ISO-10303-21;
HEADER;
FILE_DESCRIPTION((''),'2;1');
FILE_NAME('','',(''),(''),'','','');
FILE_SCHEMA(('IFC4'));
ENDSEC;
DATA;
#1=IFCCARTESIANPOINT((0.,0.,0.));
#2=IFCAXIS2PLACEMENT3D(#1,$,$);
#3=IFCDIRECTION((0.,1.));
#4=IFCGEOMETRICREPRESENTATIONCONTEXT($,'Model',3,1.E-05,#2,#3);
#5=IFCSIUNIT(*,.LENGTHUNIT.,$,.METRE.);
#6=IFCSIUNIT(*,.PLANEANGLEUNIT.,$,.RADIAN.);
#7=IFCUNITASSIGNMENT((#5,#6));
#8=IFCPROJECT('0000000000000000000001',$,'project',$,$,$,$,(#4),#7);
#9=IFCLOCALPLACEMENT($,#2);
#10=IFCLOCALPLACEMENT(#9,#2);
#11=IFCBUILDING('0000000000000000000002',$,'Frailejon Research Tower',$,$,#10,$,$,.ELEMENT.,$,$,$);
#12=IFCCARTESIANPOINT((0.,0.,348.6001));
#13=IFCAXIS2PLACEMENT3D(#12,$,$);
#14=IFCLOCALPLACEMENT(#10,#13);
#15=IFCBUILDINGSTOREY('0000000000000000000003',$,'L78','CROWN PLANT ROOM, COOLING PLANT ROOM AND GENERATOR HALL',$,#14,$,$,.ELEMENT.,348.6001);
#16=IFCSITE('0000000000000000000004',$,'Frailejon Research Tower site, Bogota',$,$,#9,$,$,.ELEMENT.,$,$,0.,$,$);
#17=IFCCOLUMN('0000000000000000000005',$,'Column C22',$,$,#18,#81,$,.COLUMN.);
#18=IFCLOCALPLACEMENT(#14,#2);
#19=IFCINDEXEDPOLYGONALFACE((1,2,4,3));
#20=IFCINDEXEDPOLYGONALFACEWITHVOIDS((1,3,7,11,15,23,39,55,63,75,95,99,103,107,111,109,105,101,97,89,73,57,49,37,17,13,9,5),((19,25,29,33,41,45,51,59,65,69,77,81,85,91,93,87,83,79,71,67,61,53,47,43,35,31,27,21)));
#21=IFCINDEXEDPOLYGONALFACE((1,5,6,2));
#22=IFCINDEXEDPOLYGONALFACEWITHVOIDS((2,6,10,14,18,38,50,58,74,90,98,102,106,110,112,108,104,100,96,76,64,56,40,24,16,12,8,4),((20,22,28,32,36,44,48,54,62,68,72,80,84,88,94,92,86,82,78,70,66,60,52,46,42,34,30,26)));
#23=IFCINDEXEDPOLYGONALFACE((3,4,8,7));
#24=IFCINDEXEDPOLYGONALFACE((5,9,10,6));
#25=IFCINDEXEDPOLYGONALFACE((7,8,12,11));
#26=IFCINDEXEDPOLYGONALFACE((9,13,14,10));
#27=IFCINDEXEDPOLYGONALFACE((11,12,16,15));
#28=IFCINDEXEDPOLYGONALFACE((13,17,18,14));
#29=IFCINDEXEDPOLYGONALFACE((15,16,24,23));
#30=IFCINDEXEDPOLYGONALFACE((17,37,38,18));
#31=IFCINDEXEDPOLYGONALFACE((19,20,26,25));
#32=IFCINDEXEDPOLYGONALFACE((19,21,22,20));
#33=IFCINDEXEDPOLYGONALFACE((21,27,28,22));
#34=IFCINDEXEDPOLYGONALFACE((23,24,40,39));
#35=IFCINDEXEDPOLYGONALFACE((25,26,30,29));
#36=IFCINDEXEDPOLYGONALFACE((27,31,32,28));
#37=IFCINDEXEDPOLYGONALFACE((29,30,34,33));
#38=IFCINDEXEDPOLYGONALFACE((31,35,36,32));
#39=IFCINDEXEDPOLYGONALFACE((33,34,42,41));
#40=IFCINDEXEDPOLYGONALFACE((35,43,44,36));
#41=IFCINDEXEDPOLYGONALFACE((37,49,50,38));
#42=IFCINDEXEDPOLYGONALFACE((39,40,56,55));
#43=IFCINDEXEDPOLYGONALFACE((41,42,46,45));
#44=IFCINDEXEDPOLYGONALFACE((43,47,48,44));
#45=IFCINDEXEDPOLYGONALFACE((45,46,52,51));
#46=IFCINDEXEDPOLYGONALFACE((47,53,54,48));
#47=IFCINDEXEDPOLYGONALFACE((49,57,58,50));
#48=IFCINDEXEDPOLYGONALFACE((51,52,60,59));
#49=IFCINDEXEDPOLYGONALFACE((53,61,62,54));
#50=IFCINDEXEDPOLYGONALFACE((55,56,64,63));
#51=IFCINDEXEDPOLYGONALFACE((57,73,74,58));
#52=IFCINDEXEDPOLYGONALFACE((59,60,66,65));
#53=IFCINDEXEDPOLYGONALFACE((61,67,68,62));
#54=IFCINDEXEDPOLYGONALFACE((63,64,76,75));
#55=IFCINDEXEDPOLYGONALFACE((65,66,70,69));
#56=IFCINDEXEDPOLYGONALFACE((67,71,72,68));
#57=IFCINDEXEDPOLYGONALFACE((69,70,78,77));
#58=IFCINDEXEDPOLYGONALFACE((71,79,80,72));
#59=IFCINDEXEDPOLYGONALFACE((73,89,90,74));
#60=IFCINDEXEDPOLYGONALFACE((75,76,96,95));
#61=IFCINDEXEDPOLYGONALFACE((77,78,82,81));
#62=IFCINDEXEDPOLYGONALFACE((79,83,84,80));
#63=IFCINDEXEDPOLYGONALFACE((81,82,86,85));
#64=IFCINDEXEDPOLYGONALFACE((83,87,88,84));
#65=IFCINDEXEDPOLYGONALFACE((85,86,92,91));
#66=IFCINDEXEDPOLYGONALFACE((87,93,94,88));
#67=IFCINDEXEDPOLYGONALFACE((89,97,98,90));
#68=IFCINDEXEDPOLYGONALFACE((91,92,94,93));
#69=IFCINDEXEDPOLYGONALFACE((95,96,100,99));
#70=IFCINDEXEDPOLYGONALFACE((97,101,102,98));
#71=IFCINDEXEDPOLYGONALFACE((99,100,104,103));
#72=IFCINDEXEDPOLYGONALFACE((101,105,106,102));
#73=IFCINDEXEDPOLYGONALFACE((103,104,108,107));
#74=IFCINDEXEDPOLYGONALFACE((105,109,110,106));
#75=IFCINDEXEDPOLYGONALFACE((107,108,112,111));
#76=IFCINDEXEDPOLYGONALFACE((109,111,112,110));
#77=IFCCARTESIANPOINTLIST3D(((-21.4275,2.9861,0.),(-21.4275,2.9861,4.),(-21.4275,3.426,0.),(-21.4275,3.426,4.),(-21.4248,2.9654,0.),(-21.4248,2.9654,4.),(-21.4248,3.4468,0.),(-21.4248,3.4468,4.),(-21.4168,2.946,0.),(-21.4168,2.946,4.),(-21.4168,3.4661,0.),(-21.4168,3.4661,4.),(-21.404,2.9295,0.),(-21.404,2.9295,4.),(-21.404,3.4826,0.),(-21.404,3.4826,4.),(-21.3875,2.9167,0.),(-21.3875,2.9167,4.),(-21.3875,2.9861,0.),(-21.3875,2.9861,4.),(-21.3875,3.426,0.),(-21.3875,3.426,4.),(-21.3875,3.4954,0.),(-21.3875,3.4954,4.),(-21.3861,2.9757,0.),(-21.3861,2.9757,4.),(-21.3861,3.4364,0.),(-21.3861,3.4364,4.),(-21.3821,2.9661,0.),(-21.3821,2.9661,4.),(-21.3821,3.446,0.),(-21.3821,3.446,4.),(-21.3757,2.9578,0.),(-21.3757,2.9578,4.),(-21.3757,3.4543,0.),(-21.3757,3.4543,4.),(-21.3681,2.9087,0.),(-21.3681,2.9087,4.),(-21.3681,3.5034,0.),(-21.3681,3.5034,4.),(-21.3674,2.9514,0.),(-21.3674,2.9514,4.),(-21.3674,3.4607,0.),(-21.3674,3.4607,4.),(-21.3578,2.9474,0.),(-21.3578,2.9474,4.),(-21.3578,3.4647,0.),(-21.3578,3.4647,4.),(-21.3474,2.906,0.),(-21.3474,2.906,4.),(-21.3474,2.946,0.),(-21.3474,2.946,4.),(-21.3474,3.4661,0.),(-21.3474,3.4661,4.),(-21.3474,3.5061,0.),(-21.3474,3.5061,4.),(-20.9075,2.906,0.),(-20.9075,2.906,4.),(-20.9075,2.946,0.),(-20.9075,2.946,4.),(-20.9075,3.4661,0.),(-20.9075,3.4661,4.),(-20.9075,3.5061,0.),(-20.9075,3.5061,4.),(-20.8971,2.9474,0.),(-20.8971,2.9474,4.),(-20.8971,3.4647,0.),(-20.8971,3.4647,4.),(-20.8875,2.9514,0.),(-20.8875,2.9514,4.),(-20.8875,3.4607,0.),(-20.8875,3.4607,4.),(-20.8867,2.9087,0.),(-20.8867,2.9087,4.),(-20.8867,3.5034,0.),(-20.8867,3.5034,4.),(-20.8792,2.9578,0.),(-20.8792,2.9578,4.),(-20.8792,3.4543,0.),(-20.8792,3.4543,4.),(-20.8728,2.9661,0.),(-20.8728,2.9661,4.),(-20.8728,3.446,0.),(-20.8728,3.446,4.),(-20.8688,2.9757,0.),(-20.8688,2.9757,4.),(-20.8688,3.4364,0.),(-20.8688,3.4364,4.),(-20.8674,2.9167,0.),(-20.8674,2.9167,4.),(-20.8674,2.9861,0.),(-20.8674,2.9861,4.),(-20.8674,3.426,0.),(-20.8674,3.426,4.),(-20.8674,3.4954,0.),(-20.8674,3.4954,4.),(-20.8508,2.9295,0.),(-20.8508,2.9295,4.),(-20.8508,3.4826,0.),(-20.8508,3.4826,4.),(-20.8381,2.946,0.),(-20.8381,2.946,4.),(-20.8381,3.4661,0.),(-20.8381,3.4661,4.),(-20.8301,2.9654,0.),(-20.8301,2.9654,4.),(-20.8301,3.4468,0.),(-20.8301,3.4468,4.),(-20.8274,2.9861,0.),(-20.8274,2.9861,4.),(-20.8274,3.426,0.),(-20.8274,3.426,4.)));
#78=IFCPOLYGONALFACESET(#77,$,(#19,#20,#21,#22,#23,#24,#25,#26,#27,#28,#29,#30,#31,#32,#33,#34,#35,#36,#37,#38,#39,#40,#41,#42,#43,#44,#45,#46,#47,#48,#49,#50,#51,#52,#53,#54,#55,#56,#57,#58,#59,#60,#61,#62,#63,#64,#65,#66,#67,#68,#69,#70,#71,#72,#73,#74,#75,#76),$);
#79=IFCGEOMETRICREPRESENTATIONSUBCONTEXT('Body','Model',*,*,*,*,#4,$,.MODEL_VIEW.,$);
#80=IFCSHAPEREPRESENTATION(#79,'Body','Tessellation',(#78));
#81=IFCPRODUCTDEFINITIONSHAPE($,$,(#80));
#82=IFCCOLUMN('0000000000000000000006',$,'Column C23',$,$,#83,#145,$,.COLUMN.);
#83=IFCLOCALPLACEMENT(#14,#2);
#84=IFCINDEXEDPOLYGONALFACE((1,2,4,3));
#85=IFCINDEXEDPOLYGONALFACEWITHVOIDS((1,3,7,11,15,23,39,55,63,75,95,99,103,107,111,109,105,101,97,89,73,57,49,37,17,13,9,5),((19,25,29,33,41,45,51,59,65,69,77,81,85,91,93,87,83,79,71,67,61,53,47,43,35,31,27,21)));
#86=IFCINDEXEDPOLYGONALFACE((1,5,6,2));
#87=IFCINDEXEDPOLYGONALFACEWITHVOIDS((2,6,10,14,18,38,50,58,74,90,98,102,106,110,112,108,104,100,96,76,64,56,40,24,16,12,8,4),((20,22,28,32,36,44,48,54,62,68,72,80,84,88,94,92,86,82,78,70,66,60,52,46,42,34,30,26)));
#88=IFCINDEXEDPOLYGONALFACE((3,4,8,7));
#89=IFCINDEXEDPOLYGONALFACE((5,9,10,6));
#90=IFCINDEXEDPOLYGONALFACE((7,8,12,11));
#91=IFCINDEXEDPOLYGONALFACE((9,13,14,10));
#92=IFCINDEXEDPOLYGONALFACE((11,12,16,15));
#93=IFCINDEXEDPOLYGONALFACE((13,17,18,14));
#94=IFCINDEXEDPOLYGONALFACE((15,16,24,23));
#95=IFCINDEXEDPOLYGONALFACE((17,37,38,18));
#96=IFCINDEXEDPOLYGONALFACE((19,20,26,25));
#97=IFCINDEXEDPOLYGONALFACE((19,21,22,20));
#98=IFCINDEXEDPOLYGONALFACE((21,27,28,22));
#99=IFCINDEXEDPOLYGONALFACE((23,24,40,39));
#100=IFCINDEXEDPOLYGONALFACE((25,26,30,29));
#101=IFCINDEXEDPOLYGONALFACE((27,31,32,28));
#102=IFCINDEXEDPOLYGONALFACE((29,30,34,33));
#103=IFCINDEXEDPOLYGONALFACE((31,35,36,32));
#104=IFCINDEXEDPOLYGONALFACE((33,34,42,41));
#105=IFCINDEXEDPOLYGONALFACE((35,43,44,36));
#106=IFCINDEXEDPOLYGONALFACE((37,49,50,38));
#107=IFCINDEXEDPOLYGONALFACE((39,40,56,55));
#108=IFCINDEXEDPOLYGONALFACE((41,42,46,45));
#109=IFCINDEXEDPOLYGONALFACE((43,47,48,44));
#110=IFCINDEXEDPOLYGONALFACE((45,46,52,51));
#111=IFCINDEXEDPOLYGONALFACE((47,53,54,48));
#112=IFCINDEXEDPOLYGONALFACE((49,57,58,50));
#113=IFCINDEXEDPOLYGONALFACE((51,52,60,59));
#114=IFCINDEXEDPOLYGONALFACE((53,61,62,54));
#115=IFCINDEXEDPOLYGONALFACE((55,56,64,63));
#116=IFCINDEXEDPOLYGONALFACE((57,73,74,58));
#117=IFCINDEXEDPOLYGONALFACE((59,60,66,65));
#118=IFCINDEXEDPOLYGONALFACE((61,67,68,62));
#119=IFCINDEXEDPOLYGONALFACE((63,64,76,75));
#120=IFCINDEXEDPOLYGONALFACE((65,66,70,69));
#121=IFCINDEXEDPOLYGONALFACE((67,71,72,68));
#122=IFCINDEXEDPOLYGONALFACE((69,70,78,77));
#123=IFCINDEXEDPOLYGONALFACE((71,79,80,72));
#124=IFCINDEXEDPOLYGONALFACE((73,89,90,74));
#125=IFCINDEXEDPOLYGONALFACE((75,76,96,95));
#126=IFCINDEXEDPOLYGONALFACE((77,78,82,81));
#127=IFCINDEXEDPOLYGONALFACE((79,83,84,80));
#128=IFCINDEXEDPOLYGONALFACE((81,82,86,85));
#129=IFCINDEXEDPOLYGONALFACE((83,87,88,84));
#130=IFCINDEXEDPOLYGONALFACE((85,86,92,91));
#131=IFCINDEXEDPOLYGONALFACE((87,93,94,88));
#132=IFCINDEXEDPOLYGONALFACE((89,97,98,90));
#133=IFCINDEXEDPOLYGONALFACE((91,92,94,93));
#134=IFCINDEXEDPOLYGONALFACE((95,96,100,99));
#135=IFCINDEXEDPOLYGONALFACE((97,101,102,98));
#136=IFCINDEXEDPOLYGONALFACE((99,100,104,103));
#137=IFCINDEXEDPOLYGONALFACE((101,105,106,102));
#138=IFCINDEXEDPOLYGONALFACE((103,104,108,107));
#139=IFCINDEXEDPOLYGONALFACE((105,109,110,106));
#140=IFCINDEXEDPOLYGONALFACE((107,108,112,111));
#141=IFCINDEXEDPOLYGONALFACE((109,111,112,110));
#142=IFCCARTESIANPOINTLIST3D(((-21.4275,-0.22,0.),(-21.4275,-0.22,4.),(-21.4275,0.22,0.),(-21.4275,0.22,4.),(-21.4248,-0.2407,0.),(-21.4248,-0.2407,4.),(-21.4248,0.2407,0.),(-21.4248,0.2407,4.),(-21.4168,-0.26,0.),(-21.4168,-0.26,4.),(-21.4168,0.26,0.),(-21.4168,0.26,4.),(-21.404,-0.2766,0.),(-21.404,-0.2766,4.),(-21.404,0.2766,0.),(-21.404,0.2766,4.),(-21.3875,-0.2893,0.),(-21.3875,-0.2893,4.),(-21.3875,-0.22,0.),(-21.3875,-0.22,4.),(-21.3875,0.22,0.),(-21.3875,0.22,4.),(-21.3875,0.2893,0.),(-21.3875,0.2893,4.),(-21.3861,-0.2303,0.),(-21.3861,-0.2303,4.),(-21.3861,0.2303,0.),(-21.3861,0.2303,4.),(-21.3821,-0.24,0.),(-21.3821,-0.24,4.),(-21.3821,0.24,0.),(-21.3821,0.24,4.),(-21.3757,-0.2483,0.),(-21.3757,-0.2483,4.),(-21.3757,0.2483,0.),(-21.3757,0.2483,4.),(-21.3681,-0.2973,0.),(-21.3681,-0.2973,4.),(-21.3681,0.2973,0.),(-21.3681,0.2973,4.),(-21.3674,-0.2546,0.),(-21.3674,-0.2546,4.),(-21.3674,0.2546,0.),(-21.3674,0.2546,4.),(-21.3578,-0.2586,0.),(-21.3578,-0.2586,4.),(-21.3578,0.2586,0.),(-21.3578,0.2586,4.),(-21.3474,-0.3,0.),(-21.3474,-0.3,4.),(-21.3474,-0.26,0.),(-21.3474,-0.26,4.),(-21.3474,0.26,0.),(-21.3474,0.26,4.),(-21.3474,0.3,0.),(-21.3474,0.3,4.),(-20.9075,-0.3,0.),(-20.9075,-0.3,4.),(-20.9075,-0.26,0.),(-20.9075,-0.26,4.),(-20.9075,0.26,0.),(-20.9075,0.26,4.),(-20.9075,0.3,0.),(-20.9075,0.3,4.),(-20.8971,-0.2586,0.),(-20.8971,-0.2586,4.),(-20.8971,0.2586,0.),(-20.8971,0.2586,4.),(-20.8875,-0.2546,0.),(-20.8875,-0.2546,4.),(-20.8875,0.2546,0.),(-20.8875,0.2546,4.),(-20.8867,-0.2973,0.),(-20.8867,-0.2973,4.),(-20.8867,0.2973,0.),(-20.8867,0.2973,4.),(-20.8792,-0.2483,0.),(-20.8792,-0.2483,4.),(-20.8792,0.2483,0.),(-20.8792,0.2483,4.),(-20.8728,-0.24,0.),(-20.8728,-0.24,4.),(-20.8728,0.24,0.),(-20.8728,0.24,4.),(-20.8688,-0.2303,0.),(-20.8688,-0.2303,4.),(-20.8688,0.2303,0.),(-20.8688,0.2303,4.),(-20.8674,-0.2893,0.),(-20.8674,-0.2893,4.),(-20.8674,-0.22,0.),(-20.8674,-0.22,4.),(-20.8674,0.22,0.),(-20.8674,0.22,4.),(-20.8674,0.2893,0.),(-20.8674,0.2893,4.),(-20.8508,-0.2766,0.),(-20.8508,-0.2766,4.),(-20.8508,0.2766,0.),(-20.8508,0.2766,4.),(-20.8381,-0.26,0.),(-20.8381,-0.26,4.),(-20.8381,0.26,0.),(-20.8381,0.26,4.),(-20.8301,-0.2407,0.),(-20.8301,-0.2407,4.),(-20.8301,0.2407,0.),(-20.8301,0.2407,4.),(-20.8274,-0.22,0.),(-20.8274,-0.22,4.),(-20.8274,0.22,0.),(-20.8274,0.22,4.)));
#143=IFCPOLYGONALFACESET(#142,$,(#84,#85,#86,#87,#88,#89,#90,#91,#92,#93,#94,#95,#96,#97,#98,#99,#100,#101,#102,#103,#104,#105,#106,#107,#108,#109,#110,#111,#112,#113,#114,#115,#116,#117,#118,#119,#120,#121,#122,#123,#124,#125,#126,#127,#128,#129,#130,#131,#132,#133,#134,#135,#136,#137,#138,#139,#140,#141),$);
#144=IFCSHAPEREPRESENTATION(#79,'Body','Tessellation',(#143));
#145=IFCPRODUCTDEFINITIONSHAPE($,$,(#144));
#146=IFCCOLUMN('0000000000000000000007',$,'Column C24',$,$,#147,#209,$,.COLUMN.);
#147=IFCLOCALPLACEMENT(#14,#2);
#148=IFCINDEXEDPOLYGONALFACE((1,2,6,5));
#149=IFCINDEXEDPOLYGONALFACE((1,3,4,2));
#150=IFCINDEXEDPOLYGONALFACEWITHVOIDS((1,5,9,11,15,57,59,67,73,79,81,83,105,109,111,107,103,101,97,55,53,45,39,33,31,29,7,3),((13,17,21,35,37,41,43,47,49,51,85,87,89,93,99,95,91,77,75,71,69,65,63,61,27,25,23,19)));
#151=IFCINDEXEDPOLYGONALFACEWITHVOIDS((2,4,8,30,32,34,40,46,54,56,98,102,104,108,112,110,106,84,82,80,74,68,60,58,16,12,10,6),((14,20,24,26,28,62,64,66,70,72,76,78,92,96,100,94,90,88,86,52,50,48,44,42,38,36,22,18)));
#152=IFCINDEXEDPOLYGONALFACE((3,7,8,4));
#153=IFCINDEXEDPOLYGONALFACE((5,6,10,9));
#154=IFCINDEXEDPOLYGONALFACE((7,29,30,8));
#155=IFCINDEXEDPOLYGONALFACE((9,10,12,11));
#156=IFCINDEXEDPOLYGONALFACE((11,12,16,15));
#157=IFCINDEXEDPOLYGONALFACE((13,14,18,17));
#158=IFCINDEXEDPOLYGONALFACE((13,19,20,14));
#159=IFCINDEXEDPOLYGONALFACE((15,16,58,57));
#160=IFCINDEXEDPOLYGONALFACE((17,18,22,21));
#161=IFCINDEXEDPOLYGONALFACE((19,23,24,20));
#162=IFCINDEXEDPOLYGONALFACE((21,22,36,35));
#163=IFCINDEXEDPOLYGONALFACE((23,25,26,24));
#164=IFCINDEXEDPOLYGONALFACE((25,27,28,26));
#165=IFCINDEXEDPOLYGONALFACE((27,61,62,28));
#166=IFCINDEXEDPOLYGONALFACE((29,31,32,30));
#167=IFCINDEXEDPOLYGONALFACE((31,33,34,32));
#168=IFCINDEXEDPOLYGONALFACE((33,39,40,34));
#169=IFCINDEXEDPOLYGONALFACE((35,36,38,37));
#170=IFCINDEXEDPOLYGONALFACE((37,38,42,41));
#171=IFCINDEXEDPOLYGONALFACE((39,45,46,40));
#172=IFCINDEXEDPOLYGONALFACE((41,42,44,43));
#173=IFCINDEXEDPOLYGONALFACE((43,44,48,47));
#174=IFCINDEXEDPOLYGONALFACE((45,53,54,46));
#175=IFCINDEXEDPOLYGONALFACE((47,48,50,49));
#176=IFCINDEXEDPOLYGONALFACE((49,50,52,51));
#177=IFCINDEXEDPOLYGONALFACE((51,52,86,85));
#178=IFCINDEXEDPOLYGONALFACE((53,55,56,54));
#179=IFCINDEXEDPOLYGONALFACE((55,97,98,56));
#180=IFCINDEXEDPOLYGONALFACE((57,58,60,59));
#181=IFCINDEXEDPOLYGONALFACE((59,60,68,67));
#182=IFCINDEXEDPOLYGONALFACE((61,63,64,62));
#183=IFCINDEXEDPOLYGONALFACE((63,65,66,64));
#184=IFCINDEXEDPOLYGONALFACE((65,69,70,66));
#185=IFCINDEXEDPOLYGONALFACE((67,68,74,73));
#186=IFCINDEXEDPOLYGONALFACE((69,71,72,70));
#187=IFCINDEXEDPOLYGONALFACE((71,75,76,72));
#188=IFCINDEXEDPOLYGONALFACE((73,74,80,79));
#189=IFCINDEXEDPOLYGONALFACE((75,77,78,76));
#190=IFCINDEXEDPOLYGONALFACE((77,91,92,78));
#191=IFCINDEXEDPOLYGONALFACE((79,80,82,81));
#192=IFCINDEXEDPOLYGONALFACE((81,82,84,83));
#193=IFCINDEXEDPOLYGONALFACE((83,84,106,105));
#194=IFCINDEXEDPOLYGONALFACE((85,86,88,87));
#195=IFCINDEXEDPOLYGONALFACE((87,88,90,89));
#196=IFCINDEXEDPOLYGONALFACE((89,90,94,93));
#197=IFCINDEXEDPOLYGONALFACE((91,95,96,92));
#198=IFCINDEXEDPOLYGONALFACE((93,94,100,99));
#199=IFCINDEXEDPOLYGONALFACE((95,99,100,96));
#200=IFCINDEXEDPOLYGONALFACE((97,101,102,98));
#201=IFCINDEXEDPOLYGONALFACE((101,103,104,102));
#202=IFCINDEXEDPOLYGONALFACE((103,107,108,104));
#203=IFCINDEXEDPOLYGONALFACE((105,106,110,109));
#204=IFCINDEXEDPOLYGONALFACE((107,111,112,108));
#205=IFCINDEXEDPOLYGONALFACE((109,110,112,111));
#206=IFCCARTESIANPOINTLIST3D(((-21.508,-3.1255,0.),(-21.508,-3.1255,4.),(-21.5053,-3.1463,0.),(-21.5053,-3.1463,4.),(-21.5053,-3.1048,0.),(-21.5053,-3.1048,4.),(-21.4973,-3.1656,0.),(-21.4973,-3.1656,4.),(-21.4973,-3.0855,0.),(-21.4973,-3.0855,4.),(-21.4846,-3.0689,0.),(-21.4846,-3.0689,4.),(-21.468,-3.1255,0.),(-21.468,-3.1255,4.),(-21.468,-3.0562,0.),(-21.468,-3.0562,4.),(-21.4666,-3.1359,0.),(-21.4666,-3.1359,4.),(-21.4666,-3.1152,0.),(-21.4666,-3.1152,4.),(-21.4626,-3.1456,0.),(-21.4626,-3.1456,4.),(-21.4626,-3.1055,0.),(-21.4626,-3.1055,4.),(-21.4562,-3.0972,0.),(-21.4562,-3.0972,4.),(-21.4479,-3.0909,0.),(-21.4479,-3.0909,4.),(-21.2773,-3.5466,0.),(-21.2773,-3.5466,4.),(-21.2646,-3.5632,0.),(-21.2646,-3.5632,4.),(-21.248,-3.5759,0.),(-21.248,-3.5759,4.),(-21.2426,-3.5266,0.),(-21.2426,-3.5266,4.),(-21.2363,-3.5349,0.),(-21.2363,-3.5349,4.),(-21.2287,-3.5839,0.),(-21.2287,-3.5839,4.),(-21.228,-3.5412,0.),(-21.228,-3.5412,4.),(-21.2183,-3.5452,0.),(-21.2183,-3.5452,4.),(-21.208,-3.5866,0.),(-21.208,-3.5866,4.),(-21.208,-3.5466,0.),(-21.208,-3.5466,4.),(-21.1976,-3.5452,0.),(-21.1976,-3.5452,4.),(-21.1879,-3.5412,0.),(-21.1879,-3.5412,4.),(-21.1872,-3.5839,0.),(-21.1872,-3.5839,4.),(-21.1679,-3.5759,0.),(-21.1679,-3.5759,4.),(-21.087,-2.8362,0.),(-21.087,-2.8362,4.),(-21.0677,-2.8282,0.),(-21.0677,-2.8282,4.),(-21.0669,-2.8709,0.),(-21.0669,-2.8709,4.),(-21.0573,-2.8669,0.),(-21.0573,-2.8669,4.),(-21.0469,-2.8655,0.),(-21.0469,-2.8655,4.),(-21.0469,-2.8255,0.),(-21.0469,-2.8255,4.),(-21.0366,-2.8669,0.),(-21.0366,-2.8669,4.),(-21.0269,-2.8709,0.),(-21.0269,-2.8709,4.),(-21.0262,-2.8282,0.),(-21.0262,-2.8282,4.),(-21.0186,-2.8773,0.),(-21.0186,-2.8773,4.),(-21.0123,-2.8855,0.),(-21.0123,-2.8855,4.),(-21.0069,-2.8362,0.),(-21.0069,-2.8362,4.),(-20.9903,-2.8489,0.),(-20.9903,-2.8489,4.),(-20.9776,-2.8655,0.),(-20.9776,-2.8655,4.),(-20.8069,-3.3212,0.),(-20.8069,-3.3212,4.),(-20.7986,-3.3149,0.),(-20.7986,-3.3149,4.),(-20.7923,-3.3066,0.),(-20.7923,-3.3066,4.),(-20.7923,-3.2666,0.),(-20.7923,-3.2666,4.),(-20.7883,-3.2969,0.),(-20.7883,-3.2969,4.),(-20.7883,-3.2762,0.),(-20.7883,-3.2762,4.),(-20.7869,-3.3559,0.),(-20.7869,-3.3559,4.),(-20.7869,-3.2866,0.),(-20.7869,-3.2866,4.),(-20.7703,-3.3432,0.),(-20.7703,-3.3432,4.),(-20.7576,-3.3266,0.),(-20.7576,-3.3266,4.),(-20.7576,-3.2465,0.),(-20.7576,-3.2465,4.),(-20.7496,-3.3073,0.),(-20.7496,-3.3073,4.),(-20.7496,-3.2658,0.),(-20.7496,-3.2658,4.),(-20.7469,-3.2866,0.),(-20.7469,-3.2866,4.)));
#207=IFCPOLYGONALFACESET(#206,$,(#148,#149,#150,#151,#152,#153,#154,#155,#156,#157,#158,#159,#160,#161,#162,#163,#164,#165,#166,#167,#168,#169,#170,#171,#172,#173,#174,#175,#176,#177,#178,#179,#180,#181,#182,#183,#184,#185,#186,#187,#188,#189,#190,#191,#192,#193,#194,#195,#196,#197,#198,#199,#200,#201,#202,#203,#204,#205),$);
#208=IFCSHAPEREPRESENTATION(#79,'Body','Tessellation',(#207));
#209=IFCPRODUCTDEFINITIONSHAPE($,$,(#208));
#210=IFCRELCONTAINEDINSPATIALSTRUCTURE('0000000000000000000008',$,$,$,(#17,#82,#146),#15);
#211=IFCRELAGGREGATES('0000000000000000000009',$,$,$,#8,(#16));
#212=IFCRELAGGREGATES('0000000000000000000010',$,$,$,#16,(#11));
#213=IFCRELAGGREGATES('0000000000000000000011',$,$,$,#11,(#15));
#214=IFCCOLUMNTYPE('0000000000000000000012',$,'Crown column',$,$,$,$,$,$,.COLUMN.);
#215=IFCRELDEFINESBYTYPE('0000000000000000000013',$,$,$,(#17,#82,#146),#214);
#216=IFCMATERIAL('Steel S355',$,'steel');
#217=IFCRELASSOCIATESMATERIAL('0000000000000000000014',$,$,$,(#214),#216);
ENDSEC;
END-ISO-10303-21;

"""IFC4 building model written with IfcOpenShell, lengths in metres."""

from ifc_helpers import new_model, si_unit, direction, frame, origin, origin_2d, place, context, subcontext, project, spatial, hollow_rectangle, extrude, material, material_profile, profile_set, type_object, element, save


model = new_model("IFC4")

# Units and contexts
model_context = context("Model", 3, precision=1e-05, world=origin(), true_north=direction((0.0, 1.0)))
body_context = subcontext(model_context, "Body", "Model", "MODEL_VIEW")
ifc_project = project(units=[si_unit("LENGTHUNIT", "METRE"), si_unit("PLANEANGLEUNIT", "RADIAN")], contexts=[model_context])

# Site, building, storey
site_placement = place(None, origin())
site = spatial("IfcSite", under=ifc_project, at=site_placement, Name="Frailejon Research Tower site, Bogota", CompositionType="ELEMENT", RefElevation=0.0)
building_placement = place(site_placement, origin())
building = spatial("IfcBuilding", under=site, at=building_placement, Name="Frailejon Research Tower", CompositionType="ELEMENT")
storey_placement = place(building_placement, frame((0.0, 0.0, 348.6001)))
storey = spatial("IfcBuildingStorey", under=building, at=storey_placement, Name="L78", Description="CROWN PLANT ROOM, COOLING PLANT ROOM AND GENERATOR HALL", CompositionType="ELEMENT", Elevation=348.6001)

# Columns
ifc_material_1 = material(Name="Steel S355", Category="steel")
ifc_material_profile_1 = material_profile(ifc_material_1, hollow_rectangle(XDim=0.6001, YDim=0.6001, WallThickness=0.04, InnerFilletRadius=0.04, OuterFilletRadius=0.0801, at=origin_2d()), Name="Crown column")
ifc_profile_set_1 = profile_set([ifc_material_profile_1], Name="Steel S355")
column_type = type_object("IfcColumnType", Name="Crown column", PredefinedType="COLUMN", material=ifc_profile_set_1)
for number, where, z_axis, x_axis, name in (
    (1, (-21.1274, 3.2061, 0.0), (0.0, 0.0, 1.0), (0.0, -1.0, 0.0), "Column C22"),
    (2, (-21.1274, 0.0, 0.0), (0.0, 0.0, 1.0), (0.0, -1.0, 0.0), "Column C23"),
    (3, (-21.1274, -3.2061, 0.0), (0.0, 0.0, 1.0), (0.5, -0.866025, 0.0), "Column C24"),
):
    element("IfcColumn", number, at=place(storey_placement, frame(where, z_axis=z_axis, x_axis=x_axis)), inside=storey, type_object=column_type, Name=name, PredefinedType="COLUMN", context=body_context, shape_type="SweptSolid", body=[
        extrude(hollow_rectangle(XDim=0.6001, YDim=0.6001, WallThickness=0.04, InnerFilletRadius=0.04, OuterFilletRadius=0.0801, at=origin_2d()), origin(), (0.0, 0.0, 1.0), 4.0),
    ])

save(model, "model.ifc")
